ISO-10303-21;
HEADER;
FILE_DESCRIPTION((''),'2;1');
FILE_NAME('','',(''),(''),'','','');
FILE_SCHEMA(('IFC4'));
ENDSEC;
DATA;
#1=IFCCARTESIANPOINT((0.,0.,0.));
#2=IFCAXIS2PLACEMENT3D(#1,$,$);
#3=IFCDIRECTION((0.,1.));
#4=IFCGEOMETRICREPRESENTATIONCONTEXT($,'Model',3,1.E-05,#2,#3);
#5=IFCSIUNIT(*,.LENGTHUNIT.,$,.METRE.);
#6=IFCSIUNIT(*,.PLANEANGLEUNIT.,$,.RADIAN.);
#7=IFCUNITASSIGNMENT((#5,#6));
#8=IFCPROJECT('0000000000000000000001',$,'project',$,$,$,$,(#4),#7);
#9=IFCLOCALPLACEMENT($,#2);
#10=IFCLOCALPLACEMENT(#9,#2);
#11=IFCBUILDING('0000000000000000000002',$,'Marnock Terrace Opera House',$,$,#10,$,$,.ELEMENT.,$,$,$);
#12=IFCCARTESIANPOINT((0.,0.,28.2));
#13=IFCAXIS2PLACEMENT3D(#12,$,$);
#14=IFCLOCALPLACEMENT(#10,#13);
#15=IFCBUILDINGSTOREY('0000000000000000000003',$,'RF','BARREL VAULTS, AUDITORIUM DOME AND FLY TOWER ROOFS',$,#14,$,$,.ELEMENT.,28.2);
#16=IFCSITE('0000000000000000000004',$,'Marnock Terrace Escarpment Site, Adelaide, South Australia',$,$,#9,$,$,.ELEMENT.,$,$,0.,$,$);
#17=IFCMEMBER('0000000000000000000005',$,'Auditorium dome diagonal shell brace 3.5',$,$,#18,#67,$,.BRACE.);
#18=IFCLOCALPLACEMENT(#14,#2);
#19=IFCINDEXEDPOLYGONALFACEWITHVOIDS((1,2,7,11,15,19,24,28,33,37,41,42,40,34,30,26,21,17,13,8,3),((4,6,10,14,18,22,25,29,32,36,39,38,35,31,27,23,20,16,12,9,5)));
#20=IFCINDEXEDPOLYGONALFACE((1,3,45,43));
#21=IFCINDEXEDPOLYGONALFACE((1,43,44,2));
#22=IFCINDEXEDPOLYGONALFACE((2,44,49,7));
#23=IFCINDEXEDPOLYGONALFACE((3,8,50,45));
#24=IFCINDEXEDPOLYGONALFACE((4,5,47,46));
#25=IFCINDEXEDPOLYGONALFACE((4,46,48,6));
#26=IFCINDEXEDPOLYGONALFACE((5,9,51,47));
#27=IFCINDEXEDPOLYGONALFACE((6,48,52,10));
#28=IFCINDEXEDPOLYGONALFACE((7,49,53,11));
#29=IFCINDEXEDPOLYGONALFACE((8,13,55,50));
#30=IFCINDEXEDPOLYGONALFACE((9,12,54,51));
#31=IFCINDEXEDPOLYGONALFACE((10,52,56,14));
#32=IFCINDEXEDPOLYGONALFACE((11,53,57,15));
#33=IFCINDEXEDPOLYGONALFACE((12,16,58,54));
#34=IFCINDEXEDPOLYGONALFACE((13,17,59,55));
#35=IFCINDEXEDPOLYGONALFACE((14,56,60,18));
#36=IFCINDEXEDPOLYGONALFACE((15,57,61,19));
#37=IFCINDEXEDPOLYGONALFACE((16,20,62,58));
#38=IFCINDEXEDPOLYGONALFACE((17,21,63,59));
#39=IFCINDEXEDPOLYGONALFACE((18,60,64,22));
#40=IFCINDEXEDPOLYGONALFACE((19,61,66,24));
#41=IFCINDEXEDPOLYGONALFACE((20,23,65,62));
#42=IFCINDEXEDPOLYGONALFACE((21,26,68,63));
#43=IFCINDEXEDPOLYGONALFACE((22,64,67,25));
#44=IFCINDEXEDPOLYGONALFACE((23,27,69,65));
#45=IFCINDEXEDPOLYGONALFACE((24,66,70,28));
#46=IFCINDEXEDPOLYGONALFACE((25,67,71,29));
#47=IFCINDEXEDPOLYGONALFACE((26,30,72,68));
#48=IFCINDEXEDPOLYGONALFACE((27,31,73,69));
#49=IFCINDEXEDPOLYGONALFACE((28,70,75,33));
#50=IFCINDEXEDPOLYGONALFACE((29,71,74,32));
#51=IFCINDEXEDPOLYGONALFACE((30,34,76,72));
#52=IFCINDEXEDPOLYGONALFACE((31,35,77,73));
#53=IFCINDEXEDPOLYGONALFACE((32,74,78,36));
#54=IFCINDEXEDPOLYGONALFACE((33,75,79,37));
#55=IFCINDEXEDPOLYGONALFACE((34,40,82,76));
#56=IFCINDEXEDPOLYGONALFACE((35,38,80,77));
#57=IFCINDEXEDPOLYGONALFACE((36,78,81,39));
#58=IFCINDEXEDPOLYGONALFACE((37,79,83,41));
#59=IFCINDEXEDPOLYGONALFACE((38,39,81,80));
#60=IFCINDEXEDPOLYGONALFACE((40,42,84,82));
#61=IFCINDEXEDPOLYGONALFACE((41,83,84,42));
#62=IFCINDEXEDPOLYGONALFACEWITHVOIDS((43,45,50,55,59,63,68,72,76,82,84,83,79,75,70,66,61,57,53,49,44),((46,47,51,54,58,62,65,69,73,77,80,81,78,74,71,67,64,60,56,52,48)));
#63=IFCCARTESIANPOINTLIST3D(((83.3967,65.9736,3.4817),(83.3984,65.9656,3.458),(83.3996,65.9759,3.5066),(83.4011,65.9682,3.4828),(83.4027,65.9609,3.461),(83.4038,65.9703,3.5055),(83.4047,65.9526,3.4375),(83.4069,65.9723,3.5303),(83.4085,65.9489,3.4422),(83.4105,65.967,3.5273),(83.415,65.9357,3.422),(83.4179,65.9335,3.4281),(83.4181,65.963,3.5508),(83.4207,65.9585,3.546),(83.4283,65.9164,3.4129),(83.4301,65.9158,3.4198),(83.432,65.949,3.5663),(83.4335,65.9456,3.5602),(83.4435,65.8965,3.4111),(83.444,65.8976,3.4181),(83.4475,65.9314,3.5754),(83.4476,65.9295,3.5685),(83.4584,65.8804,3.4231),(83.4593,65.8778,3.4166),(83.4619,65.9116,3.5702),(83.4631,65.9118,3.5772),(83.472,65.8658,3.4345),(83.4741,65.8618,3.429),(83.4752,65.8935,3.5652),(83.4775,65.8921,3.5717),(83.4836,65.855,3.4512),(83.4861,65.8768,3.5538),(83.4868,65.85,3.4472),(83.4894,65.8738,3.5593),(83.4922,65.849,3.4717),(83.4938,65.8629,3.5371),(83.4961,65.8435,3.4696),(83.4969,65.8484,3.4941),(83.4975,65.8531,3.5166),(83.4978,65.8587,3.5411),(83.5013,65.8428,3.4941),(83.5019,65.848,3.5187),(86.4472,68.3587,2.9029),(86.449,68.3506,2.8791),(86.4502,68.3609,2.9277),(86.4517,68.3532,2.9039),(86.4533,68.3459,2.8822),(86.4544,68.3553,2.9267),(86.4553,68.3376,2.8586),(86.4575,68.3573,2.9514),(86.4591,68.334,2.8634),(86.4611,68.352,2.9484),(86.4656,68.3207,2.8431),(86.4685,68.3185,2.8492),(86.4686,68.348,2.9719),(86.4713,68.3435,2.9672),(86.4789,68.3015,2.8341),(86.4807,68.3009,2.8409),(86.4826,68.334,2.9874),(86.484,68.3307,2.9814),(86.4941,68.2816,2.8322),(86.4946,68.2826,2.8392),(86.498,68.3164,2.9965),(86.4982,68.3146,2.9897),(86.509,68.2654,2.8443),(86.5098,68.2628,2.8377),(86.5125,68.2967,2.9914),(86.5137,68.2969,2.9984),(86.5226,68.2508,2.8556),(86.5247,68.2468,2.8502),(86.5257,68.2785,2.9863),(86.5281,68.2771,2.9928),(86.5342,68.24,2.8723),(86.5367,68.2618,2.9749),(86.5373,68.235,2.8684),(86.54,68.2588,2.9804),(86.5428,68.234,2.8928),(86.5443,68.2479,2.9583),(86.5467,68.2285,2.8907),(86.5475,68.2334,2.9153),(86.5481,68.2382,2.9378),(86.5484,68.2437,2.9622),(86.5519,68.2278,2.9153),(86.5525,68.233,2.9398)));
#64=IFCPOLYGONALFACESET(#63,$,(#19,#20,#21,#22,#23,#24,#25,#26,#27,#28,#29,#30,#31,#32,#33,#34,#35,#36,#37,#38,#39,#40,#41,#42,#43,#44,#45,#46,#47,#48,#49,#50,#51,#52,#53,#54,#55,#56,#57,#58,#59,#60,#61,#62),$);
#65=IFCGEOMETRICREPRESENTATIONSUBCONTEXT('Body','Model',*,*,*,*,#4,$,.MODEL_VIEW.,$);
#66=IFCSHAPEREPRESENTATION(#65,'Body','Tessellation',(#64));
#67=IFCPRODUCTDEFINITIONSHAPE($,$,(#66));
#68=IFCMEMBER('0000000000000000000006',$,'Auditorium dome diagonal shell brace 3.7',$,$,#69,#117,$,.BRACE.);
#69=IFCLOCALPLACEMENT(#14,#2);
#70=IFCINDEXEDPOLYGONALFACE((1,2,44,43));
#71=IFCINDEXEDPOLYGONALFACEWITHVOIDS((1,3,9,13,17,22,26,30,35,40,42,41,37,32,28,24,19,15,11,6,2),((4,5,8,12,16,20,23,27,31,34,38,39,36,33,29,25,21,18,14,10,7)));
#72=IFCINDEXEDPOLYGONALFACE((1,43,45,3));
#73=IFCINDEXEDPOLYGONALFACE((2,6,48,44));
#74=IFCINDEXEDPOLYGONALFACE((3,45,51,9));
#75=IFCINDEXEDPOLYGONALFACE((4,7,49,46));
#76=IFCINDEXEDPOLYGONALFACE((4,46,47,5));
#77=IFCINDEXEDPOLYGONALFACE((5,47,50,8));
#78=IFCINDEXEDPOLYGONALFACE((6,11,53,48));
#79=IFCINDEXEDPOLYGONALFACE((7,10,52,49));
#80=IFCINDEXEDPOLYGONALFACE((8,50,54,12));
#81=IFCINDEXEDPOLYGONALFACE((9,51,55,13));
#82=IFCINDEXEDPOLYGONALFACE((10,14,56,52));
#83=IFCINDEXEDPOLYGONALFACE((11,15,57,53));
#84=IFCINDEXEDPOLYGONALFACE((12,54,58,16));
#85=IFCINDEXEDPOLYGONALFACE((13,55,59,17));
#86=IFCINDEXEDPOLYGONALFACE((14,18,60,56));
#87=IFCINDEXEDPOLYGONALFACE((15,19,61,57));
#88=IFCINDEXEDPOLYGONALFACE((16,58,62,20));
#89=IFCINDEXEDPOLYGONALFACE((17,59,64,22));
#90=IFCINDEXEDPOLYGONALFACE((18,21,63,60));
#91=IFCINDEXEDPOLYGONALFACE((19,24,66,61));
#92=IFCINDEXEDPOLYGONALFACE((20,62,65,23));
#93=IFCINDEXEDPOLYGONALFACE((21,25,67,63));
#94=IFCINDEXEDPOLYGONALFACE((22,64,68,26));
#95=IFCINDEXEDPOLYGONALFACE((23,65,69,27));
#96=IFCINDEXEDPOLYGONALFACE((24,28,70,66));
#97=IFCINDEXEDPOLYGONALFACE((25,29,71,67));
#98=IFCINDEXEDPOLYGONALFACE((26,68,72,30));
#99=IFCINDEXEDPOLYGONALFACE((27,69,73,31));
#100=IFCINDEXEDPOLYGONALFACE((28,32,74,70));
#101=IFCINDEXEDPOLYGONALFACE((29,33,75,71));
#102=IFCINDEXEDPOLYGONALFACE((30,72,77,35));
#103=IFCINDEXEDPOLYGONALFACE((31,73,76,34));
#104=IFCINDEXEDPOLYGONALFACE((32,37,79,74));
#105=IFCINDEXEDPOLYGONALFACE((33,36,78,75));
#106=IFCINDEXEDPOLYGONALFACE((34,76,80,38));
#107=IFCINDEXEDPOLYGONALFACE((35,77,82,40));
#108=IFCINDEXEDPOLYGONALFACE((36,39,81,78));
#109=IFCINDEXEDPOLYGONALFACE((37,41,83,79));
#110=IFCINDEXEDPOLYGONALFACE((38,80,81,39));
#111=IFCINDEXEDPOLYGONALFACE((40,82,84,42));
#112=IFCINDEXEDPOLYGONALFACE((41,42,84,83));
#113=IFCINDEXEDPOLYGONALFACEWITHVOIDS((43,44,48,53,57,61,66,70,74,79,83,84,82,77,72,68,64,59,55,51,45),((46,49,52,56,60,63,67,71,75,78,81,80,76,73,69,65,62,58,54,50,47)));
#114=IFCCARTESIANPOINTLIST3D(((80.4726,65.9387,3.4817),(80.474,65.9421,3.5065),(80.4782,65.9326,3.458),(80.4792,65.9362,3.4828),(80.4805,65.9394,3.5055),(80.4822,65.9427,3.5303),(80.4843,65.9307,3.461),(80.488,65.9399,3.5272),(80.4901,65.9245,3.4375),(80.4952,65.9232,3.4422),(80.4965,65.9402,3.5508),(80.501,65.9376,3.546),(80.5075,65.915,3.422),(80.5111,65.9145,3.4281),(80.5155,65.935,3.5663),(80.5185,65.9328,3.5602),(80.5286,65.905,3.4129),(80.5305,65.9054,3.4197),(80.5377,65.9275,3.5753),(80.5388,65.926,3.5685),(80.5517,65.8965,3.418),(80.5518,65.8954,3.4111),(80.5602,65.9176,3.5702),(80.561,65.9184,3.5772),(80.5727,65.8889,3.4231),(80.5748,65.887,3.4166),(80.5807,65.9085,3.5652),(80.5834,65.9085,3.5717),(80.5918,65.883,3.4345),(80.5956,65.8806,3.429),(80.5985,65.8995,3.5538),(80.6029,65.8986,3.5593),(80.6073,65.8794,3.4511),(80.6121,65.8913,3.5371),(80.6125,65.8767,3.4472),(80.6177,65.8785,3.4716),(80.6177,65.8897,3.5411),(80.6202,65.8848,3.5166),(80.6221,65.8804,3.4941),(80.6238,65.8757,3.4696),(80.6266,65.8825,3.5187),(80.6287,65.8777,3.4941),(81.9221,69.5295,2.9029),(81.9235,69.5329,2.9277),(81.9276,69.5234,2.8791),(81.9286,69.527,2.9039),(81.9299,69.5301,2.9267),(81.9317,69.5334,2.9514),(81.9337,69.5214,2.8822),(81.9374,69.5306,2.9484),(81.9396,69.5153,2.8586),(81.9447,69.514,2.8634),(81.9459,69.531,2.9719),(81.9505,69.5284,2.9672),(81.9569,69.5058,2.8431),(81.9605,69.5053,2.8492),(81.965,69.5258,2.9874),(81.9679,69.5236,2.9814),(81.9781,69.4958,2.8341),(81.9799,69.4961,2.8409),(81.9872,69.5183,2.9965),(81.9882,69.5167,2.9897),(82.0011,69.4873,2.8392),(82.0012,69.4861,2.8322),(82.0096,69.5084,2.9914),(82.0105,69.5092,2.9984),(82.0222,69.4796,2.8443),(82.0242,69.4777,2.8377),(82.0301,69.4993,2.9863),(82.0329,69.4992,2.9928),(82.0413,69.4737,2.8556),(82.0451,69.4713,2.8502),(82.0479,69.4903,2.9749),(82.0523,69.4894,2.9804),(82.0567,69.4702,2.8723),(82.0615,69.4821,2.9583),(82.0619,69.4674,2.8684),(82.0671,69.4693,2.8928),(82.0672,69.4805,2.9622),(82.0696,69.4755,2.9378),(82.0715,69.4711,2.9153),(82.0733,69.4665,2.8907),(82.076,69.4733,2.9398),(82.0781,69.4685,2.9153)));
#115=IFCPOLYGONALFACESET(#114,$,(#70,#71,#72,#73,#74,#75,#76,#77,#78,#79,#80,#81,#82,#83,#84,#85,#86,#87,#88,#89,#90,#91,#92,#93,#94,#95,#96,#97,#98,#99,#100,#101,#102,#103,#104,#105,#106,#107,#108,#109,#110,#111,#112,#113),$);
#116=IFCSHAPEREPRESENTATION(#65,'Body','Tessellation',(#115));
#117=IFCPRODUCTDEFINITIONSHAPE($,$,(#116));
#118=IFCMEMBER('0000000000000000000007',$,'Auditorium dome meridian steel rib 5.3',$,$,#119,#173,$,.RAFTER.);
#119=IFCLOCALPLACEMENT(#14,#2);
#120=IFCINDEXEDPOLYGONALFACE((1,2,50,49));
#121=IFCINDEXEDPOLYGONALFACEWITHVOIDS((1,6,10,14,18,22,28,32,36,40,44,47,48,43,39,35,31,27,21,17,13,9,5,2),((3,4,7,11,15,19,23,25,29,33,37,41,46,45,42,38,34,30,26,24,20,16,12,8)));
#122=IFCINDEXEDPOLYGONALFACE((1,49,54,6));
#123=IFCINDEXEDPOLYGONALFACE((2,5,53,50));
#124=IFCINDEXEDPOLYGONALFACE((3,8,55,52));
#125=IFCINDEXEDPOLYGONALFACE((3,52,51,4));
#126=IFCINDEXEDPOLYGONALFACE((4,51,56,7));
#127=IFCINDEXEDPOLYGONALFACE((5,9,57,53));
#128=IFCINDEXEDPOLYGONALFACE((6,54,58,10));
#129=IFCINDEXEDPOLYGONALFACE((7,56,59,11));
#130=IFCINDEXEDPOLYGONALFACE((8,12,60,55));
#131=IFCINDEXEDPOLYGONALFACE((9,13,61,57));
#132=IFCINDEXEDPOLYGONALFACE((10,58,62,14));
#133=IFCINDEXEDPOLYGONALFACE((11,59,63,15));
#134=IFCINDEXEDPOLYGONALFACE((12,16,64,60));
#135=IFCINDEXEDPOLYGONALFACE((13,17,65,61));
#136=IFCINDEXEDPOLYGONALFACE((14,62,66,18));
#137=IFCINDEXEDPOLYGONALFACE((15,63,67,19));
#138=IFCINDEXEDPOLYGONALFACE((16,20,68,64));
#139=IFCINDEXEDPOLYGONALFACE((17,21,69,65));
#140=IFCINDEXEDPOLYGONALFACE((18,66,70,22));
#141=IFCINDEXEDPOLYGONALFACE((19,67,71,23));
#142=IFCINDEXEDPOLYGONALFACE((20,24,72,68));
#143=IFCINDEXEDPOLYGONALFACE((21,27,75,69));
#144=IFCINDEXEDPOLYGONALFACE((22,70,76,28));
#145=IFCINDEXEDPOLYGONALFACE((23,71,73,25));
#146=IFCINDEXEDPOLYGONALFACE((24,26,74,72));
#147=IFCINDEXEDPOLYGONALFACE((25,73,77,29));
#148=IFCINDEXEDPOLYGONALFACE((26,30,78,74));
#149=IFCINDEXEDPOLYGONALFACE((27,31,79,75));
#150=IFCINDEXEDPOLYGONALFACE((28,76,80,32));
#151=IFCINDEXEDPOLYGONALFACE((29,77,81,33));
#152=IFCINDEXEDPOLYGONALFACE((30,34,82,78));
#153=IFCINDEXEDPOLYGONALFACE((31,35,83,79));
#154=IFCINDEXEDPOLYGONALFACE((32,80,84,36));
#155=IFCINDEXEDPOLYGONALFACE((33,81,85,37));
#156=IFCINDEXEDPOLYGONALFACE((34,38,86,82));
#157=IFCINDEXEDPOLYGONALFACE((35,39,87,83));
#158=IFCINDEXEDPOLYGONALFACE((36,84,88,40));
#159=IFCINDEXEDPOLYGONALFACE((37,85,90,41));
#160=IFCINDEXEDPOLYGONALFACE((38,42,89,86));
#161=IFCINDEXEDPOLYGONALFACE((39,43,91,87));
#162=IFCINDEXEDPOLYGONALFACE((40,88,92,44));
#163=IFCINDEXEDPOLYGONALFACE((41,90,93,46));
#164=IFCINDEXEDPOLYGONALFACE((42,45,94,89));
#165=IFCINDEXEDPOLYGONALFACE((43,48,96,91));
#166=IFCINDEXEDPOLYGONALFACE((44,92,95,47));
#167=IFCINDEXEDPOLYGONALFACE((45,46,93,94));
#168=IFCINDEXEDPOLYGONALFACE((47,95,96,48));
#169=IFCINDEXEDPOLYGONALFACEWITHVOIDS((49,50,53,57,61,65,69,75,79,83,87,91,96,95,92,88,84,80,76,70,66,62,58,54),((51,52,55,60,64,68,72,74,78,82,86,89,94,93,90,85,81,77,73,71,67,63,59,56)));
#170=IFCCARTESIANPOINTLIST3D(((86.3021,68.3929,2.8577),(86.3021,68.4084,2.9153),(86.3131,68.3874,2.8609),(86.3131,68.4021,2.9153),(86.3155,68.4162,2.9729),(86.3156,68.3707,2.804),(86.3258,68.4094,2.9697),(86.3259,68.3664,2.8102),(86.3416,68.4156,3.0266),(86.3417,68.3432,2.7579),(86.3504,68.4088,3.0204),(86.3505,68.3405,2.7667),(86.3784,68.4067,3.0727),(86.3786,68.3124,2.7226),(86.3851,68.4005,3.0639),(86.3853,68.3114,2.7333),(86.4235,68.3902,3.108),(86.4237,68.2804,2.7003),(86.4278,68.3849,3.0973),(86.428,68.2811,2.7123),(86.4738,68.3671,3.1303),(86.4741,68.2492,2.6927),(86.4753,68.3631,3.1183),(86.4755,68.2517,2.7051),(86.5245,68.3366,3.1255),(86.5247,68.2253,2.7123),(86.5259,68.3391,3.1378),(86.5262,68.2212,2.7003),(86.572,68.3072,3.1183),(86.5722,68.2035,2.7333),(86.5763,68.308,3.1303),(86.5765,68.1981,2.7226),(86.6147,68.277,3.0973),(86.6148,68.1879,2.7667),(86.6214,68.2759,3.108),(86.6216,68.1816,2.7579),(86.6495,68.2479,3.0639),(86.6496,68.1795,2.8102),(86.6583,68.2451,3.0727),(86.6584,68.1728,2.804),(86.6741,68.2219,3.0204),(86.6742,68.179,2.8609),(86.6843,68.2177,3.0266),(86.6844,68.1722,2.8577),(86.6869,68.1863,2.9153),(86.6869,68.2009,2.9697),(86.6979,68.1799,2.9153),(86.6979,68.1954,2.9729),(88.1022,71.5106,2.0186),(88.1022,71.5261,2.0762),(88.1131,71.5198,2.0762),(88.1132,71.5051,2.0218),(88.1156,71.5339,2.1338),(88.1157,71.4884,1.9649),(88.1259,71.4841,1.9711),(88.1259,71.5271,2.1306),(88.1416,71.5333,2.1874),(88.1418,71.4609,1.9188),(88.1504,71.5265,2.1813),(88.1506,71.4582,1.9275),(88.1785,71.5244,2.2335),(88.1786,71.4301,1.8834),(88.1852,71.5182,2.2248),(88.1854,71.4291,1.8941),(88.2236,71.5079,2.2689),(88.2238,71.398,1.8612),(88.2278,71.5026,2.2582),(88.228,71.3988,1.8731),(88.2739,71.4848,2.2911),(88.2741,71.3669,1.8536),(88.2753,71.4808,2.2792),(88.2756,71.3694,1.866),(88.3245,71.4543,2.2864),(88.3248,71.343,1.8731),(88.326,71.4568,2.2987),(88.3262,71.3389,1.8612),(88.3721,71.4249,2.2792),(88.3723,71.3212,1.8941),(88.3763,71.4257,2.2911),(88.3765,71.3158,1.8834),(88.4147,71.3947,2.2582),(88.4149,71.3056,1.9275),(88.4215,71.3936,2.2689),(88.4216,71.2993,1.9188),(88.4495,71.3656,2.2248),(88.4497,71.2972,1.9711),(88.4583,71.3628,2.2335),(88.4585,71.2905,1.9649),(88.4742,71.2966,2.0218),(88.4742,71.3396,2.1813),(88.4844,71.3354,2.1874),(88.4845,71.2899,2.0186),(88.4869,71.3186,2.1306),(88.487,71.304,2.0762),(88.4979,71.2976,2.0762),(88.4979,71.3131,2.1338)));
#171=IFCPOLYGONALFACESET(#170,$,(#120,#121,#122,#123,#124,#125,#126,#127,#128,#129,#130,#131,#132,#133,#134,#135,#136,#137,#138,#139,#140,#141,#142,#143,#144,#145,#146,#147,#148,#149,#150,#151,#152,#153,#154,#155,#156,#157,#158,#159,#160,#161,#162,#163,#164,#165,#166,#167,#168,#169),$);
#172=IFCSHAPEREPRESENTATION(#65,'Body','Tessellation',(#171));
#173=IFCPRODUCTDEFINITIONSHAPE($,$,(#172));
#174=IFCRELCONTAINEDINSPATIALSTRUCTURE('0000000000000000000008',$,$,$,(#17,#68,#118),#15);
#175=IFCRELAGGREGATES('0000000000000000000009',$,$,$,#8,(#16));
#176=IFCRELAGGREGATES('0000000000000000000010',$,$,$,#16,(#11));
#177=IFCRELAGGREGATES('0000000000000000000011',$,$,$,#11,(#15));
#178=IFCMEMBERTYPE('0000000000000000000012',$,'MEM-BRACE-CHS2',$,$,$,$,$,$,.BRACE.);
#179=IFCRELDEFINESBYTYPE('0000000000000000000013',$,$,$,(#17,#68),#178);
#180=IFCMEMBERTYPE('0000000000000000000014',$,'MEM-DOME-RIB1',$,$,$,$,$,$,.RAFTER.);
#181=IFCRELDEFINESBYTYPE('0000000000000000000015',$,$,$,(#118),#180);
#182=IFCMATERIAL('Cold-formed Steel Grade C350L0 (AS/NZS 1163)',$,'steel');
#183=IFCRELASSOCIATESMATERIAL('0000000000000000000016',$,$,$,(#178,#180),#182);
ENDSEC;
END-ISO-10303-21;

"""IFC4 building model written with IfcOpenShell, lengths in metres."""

from ifc_helpers import new_model, si_unit, direction, frame, origin, origin_2d, place, context, subcontext, project, spatial, hollow_circle, extrude, material, material_profile, profile_set, type_object, element, save


model = new_model("IFC4")

# Units and contexts
model_context = context("Model", 3, precision=1e-05, world=origin(), true_north=direction((0.0, 1.0)))
body_context = subcontext(model_context, "Body", "Model", "MODEL_VIEW")
ifc_project = project(units=[si_unit("LENGTHUNIT", "METRE"), si_unit("PLANEANGLEUNIT", "RADIAN")], contexts=[model_context])

# Site, building, storey
site_placement = place(None, origin())
site = spatial("IfcSite", under=ifc_project, at=site_placement, Name="Marnock Terrace Escarpment Site, Adelaide, South Australia", CompositionType="ELEMENT", RefElevation=0.0)
building_placement = place(site_placement, origin())
building = spatial("IfcBuilding", under=site, at=building_placement, Name="Marnock Terrace Opera House", CompositionType="ELEMENT")
storey_placement = place(building_placement, frame((0.0, 0.0, 28.2)))
storey = spatial("IfcBuildingStorey", under=building, at=storey_placement, Name="RF", Description="BARREL VAULTS, AUDITORIUM DOME AND FLY TOWER ROOFS", CompositionType="ELEMENT", Elevation=28.2)

# Members
ifc_material_1 = material(Name="Cold-formed Steel Grade C350L0 (AS/NZS 1163)", Category="steel")
ifc_material_profile_1 = material_profile(ifc_material_1, hollow_circle(Radius=0.0842, WallThickness=0.0071, at=origin_2d()))
ifc_profile_set_1 = profile_set([ifc_material_profile_1], Name="Cold-formed Steel Grade C350L0 (AS/NZS 1163)")
member_type_1 = type_object("IfcMemberType", Name="MEM-BRACE-CHS2", PredefinedType="BRACE", material=ifc_profile_set_1)
for number, where, z_axis, x_axis, name in (
    (1, (86.5, 68.2942, 2.9153), (-0.779144, -0.60916, 0.147847), (0.615929, -0.787802, 0.0), "Auditorium dome diagonal shell brace 3.5"),
    (2, (82.0, 69.5, 2.9153), (-0.3702, -0.917112, 0.147843), (0.927302, -0.374313, 0.0), "Auditorium dome diagonal shell brace 3.7"),
):
    element("IfcMember", number, at=place(storey_placement, frame(where, z_axis=z_axis, x_axis=x_axis)), inside=storey, type_object=member_type_1, Name=name, PredefinedType="BRACE", context=body_context, shape_type="SweptSolid", body=[
        extrude(hollow_circle(Radius=0.0842, WallThickness=0.0071, at=origin_2d()), origin(), (0.0, 0.0, 1.0), 3.9153),
    ])
ifc_material_profile_2 = material_profile(ifc_material_1, hollow_circle(Radius=0.2285, WallThickness=0.0127, at=origin_2d()))
ifc_profile_set_2 = profile_set([ifc_material_profile_2], Name="Cold-formed Steel Grade C350L0 (AS/NZS 1163)")
member_type_2 = type_object("IfcMemberType", Name="MEM-DOME-RIB1", PredefinedType="RAFTER", material=ifc_profile_set_2)
member_1_placement = place(storey_placement, frame((88.3, 71.4119, 2.0762), z_axis=(-0.486959, -0.843411, 0.227001), x_axis=(0.866018, -0.500012, 0.0)))
element("IfcMember", 3, at=member_1_placement, inside=storey, type_object=member_type_2, Name="Auditorium dome meridian steel rib 5.3", PredefinedType="RAFTER", context=body_context, shape_type="SweptSolid", body=[
    extrude(hollow_circle(Radius=0.2285, WallThickness=0.0127, at=origin_2d()), origin(), (0.0, 0.0, 1.0), 3.6965),
])

save(model, "model.ifc")
